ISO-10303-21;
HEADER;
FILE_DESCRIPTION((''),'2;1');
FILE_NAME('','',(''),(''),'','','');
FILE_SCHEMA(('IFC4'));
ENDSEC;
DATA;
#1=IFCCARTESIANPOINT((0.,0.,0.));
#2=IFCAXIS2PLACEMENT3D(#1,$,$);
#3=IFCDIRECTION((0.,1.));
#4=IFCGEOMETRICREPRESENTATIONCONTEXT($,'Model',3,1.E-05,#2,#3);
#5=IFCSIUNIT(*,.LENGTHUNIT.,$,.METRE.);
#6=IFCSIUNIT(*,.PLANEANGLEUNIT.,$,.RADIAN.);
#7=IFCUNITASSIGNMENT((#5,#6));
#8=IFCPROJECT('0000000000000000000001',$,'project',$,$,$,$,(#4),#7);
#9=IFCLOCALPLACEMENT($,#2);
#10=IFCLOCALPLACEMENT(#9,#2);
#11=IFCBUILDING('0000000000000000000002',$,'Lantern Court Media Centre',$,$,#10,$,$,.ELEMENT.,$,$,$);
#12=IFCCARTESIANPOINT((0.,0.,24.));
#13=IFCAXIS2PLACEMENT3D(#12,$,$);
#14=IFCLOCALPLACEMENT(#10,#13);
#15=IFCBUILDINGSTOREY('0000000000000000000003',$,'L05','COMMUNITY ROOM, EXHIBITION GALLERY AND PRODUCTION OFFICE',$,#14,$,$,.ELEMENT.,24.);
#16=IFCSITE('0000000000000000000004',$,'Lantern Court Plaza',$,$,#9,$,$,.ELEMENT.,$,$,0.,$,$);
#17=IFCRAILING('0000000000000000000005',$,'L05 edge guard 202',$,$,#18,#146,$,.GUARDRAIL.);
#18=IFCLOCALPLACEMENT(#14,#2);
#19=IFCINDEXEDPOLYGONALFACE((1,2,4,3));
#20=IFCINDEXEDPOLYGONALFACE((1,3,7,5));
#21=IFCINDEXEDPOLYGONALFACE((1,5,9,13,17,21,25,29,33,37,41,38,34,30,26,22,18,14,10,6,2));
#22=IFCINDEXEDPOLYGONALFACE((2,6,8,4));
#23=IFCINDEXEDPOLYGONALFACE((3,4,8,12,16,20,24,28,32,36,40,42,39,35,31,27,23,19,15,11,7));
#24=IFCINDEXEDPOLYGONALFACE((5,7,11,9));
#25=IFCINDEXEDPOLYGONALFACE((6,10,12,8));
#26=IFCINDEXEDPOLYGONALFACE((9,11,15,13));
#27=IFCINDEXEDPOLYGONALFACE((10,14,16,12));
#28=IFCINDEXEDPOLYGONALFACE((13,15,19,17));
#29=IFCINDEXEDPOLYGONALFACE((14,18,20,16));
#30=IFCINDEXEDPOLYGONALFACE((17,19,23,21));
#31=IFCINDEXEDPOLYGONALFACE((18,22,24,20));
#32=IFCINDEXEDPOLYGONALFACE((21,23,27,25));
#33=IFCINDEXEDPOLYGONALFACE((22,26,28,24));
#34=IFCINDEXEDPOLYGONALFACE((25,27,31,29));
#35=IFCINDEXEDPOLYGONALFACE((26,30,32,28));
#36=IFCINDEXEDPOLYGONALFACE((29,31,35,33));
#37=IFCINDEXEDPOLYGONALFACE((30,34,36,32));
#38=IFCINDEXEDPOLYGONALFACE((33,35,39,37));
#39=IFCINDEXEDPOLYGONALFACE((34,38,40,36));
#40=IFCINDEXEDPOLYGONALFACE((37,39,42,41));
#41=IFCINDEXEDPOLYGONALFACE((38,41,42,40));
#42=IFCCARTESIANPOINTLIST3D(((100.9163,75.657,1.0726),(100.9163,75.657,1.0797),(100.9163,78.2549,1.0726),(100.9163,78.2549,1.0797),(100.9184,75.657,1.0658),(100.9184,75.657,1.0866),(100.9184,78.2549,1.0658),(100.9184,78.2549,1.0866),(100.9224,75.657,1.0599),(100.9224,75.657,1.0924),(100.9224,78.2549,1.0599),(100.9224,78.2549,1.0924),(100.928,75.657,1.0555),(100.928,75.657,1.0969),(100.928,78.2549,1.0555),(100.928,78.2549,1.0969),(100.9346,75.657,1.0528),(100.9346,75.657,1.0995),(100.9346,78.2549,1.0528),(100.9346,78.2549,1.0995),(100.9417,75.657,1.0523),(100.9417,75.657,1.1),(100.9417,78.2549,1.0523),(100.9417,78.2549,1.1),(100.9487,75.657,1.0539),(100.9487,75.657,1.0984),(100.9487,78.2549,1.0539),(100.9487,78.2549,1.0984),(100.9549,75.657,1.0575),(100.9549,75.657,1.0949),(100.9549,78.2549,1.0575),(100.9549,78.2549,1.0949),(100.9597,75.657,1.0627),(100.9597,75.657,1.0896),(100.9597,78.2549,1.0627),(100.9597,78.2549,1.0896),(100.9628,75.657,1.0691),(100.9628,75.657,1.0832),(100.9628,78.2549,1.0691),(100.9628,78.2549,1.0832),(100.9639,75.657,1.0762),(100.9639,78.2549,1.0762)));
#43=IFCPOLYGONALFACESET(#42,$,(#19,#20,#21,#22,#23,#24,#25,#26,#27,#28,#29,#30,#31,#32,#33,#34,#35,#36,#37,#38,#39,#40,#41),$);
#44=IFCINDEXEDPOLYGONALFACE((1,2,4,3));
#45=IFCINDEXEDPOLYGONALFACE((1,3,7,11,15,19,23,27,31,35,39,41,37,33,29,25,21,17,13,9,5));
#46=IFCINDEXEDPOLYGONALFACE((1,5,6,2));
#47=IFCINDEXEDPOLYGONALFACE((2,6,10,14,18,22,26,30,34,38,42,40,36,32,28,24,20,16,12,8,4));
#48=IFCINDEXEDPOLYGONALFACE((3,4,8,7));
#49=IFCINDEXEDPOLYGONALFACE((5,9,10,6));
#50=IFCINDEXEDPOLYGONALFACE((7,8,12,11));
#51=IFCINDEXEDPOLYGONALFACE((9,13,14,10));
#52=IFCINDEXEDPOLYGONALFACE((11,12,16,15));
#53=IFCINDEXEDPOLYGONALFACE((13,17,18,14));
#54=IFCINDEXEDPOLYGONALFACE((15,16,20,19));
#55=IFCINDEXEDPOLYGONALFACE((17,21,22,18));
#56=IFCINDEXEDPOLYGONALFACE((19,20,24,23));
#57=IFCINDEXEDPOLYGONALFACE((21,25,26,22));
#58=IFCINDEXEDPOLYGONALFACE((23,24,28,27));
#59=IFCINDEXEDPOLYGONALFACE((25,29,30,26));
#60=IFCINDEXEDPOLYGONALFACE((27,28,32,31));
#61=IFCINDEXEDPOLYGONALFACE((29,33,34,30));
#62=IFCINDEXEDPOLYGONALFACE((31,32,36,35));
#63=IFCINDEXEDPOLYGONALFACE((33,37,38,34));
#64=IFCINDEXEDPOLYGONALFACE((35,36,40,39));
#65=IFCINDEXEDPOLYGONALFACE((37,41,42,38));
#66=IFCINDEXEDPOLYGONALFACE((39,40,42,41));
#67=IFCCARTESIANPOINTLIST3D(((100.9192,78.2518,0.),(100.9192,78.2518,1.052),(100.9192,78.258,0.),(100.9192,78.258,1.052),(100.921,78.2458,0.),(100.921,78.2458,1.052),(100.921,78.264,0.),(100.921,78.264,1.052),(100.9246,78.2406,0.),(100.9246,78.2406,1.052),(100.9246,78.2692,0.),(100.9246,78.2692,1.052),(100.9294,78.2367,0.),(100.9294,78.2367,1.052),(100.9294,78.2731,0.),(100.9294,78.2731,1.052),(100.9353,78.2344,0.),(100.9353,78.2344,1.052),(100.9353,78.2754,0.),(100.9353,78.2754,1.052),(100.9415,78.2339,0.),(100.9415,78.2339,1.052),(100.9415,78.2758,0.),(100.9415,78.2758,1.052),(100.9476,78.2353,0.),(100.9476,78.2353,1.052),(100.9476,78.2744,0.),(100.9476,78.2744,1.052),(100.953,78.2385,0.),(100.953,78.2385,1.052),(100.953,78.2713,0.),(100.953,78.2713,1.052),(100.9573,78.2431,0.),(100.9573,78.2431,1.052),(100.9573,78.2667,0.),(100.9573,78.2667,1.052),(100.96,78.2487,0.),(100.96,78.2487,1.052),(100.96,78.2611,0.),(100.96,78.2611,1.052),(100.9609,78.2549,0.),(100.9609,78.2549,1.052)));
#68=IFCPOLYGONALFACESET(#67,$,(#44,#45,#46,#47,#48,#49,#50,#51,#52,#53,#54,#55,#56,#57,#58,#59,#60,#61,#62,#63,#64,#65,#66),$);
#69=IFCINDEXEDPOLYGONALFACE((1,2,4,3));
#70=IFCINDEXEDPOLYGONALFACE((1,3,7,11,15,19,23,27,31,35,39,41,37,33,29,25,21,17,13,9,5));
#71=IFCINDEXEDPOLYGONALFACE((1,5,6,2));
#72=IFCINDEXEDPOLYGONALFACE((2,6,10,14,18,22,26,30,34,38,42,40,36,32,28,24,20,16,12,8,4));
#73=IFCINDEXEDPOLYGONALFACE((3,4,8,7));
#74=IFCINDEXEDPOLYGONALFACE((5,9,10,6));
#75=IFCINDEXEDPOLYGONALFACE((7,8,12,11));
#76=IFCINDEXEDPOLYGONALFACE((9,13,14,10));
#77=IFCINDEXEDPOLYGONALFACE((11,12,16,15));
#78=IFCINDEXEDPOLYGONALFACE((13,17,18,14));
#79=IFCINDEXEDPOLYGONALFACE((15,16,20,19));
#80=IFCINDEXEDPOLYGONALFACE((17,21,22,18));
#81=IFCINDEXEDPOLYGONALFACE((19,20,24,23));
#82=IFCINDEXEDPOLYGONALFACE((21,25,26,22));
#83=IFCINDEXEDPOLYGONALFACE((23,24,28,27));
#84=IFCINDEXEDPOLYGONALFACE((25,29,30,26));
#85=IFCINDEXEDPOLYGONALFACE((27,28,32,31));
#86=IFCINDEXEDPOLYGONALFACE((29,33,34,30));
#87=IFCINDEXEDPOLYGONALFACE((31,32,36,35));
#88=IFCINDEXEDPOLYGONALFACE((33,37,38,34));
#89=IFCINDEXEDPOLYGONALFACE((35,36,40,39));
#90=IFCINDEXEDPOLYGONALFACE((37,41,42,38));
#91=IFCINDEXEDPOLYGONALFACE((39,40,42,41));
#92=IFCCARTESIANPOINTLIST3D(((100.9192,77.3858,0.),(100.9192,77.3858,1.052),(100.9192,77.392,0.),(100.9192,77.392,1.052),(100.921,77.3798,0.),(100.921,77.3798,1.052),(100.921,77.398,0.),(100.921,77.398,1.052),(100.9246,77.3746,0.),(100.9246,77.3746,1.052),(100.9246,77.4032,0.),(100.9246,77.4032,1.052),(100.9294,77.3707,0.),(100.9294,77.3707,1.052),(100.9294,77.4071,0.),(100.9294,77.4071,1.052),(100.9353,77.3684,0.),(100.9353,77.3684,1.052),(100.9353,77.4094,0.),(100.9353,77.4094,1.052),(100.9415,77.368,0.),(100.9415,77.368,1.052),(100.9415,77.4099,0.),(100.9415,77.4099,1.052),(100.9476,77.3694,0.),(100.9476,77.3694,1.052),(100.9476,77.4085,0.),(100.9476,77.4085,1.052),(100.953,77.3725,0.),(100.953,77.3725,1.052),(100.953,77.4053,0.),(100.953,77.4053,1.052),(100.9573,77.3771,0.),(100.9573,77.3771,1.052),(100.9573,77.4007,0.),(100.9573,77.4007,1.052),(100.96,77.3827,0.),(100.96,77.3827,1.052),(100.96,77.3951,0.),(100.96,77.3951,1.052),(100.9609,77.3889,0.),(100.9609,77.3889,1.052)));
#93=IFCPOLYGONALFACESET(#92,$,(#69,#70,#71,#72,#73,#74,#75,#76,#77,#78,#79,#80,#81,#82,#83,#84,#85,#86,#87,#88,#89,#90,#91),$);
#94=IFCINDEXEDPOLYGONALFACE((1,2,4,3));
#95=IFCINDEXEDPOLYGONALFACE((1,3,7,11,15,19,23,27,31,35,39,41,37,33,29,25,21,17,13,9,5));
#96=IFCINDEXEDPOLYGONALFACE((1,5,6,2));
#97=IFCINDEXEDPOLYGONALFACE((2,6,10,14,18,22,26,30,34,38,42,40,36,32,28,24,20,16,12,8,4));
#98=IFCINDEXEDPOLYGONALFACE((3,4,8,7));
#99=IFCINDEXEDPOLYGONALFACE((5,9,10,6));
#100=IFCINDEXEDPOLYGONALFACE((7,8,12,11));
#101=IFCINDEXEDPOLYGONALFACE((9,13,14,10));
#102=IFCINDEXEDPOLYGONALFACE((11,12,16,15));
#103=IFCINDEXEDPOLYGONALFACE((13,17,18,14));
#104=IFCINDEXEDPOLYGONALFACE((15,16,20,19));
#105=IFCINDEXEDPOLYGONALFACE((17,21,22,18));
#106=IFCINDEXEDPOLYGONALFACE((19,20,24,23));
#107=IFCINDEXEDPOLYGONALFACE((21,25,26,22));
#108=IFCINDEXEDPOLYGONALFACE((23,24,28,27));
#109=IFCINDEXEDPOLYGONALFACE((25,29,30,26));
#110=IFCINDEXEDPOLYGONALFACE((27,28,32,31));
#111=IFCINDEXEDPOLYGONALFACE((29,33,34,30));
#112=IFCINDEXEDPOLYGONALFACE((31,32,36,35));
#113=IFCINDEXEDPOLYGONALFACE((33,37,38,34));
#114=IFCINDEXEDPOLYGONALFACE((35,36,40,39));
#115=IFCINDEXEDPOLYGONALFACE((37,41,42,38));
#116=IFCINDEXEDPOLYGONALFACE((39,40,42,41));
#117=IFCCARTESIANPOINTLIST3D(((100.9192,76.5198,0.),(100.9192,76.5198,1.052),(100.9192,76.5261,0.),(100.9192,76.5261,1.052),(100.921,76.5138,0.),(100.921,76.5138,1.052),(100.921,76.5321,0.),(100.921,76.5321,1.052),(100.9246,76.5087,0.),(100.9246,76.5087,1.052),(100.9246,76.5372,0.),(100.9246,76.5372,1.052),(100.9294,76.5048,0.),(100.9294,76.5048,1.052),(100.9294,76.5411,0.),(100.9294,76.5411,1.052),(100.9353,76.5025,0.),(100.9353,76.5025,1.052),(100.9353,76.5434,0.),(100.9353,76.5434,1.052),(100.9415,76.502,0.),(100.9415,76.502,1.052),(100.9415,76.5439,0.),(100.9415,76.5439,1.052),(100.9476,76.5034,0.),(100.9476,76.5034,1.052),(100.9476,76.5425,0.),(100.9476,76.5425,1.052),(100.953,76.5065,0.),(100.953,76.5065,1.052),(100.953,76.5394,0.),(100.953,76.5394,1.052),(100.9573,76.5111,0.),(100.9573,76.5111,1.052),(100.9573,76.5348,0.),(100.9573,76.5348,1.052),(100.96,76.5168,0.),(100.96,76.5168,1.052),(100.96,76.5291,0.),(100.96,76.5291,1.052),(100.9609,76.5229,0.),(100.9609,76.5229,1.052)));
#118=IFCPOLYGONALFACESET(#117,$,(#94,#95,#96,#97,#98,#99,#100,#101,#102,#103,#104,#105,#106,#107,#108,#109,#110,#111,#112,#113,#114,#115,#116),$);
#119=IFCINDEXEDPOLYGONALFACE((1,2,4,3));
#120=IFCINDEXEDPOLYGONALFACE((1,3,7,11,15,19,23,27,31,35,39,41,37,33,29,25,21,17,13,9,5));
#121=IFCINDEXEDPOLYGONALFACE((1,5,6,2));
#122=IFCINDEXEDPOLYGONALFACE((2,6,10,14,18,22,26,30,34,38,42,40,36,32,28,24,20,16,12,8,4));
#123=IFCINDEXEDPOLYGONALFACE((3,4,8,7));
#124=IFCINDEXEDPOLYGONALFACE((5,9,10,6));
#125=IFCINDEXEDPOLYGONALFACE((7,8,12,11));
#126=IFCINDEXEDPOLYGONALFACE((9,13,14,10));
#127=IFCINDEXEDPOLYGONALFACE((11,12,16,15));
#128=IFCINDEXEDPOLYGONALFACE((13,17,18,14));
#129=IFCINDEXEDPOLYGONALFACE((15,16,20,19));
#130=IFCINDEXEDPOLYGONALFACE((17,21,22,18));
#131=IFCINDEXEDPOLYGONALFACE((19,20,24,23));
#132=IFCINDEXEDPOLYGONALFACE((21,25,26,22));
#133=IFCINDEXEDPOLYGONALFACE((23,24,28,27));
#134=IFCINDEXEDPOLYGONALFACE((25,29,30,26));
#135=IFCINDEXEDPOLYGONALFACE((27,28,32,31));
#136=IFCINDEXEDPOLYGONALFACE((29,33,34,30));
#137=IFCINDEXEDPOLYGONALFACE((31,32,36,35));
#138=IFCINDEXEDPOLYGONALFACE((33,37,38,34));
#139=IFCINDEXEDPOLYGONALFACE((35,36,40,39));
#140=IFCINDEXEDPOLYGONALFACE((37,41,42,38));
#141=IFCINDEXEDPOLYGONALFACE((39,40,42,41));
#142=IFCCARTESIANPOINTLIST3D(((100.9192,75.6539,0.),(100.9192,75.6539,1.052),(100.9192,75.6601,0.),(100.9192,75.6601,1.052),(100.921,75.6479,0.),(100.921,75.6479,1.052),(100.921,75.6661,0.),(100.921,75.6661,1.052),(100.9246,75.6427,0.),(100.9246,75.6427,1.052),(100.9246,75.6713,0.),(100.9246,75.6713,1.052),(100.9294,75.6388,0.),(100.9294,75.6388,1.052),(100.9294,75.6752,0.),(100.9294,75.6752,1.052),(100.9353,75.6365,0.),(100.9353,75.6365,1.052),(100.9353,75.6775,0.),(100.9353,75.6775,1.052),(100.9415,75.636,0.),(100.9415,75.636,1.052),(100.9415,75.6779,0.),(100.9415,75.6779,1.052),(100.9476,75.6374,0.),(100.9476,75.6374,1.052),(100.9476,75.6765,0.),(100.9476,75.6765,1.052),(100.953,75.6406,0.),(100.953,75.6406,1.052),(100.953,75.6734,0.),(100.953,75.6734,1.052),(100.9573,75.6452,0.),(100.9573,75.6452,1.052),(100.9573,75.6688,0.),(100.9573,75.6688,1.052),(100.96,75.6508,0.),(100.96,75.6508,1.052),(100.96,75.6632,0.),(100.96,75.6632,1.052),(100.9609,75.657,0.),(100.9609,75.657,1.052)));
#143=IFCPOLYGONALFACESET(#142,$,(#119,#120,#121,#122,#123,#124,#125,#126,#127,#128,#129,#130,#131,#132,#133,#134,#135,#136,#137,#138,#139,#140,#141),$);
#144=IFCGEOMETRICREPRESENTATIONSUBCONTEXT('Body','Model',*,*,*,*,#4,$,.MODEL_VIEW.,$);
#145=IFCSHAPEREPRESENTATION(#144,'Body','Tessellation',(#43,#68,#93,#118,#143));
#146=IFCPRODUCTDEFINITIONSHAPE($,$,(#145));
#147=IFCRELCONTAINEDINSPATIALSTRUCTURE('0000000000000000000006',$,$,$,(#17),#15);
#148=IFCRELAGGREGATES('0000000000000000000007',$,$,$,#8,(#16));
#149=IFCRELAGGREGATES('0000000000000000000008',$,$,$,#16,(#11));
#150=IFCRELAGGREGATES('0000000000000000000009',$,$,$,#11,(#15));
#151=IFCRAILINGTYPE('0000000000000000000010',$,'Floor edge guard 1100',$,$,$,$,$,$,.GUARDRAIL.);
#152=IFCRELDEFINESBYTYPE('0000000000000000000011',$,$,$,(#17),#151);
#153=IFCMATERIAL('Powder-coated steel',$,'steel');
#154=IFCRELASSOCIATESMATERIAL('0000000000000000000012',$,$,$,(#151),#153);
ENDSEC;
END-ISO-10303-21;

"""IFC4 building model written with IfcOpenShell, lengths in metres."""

from ifc_helpers import new_model, si_unit, direction, frame, origin, origin_2d, place, context, subcontext, project, spatial, circle, extrude, material, type_object, element, save


model = new_model("IFC4")

# Units and contexts
model_context = context("Model", 3, precision=1e-05, world=origin(), true_north=direction((0.0, 1.0)))
body_context = subcontext(model_context, "Body", "Model", "MODEL_VIEW")
ifc_project = project(units=[si_unit("LENGTHUNIT", "METRE"), si_unit("PLANEANGLEUNIT", "RADIAN")], contexts=[model_context])

# Site, building, storey
site_placement = place(None, origin())
site = spatial("IfcSite", under=ifc_project, at=site_placement, Name="Lantern Court Plaza", CompositionType="ELEMENT", RefElevation=0.0)
building_placement = place(site_placement, origin())
building = spatial("IfcBuilding", under=site, at=building_placement, Name="Lantern Court Media Centre", CompositionType="ELEMENT")
storey_placement = place(building_placement, frame((0.0, 0.0, 24.0)))
storey = spatial("IfcBuildingStorey", under=building, at=storey_placement, Name="L05", Description="COMMUNITY ROOM, EXHIBITION GALLERY AND PRODUCTION OFFICE", CompositionType="ELEMENT", Elevation=24.0)

# Railing
ifc_material_1 = material(Name="Powder-coated steel", Category="steel")
railing_type = type_object("IfcRailingType", Name="Floor edge guard 1100", PredefinedType="GUARDRAIL", material=ifc_material_1)
railing_1_placement = place(storey_placement, frame((100.9399, 78.2549, 0.0)))
element("IfcRailing", 1, at=railing_1_placement, inside=storey, type_object=railing_type, Name="L05 edge guard 202", PredefinedType="GUARDRAIL", context=body_context, shape_type="SweptSolid", body=[
    extrude(circle(Radius=0.0239, at=origin_2d()), frame((0.0, 0.0, 1.0762), z_axis=(0.0, -1.0, 0.0), x_axis=(1.0, 0.0, 0.0)), (0.0, 0.0, 1.0), 2.5979),
    extrude(circle(Radius=0.021, at=origin_2d()), origin(), (0.0, 0.0, 1.0), 1.052),
    extrude(circle(Radius=0.021, at=origin_2d()), frame((0.0, -0.866, 0.0)), (0.0, 0.0, 1.0), 1.052),
    extrude(circle(Radius=0.021, at=origin_2d()), frame((0.0, -1.7319, 0.0)), (0.0, 0.0, 1.0), 1.052),
    extrude(circle(Radius=0.021, at=origin_2d()), frame((0.0, -2.5979, 0.0)), (0.0, 0.0, 1.0), 1.052),
])

save(model, "model.ifc")
